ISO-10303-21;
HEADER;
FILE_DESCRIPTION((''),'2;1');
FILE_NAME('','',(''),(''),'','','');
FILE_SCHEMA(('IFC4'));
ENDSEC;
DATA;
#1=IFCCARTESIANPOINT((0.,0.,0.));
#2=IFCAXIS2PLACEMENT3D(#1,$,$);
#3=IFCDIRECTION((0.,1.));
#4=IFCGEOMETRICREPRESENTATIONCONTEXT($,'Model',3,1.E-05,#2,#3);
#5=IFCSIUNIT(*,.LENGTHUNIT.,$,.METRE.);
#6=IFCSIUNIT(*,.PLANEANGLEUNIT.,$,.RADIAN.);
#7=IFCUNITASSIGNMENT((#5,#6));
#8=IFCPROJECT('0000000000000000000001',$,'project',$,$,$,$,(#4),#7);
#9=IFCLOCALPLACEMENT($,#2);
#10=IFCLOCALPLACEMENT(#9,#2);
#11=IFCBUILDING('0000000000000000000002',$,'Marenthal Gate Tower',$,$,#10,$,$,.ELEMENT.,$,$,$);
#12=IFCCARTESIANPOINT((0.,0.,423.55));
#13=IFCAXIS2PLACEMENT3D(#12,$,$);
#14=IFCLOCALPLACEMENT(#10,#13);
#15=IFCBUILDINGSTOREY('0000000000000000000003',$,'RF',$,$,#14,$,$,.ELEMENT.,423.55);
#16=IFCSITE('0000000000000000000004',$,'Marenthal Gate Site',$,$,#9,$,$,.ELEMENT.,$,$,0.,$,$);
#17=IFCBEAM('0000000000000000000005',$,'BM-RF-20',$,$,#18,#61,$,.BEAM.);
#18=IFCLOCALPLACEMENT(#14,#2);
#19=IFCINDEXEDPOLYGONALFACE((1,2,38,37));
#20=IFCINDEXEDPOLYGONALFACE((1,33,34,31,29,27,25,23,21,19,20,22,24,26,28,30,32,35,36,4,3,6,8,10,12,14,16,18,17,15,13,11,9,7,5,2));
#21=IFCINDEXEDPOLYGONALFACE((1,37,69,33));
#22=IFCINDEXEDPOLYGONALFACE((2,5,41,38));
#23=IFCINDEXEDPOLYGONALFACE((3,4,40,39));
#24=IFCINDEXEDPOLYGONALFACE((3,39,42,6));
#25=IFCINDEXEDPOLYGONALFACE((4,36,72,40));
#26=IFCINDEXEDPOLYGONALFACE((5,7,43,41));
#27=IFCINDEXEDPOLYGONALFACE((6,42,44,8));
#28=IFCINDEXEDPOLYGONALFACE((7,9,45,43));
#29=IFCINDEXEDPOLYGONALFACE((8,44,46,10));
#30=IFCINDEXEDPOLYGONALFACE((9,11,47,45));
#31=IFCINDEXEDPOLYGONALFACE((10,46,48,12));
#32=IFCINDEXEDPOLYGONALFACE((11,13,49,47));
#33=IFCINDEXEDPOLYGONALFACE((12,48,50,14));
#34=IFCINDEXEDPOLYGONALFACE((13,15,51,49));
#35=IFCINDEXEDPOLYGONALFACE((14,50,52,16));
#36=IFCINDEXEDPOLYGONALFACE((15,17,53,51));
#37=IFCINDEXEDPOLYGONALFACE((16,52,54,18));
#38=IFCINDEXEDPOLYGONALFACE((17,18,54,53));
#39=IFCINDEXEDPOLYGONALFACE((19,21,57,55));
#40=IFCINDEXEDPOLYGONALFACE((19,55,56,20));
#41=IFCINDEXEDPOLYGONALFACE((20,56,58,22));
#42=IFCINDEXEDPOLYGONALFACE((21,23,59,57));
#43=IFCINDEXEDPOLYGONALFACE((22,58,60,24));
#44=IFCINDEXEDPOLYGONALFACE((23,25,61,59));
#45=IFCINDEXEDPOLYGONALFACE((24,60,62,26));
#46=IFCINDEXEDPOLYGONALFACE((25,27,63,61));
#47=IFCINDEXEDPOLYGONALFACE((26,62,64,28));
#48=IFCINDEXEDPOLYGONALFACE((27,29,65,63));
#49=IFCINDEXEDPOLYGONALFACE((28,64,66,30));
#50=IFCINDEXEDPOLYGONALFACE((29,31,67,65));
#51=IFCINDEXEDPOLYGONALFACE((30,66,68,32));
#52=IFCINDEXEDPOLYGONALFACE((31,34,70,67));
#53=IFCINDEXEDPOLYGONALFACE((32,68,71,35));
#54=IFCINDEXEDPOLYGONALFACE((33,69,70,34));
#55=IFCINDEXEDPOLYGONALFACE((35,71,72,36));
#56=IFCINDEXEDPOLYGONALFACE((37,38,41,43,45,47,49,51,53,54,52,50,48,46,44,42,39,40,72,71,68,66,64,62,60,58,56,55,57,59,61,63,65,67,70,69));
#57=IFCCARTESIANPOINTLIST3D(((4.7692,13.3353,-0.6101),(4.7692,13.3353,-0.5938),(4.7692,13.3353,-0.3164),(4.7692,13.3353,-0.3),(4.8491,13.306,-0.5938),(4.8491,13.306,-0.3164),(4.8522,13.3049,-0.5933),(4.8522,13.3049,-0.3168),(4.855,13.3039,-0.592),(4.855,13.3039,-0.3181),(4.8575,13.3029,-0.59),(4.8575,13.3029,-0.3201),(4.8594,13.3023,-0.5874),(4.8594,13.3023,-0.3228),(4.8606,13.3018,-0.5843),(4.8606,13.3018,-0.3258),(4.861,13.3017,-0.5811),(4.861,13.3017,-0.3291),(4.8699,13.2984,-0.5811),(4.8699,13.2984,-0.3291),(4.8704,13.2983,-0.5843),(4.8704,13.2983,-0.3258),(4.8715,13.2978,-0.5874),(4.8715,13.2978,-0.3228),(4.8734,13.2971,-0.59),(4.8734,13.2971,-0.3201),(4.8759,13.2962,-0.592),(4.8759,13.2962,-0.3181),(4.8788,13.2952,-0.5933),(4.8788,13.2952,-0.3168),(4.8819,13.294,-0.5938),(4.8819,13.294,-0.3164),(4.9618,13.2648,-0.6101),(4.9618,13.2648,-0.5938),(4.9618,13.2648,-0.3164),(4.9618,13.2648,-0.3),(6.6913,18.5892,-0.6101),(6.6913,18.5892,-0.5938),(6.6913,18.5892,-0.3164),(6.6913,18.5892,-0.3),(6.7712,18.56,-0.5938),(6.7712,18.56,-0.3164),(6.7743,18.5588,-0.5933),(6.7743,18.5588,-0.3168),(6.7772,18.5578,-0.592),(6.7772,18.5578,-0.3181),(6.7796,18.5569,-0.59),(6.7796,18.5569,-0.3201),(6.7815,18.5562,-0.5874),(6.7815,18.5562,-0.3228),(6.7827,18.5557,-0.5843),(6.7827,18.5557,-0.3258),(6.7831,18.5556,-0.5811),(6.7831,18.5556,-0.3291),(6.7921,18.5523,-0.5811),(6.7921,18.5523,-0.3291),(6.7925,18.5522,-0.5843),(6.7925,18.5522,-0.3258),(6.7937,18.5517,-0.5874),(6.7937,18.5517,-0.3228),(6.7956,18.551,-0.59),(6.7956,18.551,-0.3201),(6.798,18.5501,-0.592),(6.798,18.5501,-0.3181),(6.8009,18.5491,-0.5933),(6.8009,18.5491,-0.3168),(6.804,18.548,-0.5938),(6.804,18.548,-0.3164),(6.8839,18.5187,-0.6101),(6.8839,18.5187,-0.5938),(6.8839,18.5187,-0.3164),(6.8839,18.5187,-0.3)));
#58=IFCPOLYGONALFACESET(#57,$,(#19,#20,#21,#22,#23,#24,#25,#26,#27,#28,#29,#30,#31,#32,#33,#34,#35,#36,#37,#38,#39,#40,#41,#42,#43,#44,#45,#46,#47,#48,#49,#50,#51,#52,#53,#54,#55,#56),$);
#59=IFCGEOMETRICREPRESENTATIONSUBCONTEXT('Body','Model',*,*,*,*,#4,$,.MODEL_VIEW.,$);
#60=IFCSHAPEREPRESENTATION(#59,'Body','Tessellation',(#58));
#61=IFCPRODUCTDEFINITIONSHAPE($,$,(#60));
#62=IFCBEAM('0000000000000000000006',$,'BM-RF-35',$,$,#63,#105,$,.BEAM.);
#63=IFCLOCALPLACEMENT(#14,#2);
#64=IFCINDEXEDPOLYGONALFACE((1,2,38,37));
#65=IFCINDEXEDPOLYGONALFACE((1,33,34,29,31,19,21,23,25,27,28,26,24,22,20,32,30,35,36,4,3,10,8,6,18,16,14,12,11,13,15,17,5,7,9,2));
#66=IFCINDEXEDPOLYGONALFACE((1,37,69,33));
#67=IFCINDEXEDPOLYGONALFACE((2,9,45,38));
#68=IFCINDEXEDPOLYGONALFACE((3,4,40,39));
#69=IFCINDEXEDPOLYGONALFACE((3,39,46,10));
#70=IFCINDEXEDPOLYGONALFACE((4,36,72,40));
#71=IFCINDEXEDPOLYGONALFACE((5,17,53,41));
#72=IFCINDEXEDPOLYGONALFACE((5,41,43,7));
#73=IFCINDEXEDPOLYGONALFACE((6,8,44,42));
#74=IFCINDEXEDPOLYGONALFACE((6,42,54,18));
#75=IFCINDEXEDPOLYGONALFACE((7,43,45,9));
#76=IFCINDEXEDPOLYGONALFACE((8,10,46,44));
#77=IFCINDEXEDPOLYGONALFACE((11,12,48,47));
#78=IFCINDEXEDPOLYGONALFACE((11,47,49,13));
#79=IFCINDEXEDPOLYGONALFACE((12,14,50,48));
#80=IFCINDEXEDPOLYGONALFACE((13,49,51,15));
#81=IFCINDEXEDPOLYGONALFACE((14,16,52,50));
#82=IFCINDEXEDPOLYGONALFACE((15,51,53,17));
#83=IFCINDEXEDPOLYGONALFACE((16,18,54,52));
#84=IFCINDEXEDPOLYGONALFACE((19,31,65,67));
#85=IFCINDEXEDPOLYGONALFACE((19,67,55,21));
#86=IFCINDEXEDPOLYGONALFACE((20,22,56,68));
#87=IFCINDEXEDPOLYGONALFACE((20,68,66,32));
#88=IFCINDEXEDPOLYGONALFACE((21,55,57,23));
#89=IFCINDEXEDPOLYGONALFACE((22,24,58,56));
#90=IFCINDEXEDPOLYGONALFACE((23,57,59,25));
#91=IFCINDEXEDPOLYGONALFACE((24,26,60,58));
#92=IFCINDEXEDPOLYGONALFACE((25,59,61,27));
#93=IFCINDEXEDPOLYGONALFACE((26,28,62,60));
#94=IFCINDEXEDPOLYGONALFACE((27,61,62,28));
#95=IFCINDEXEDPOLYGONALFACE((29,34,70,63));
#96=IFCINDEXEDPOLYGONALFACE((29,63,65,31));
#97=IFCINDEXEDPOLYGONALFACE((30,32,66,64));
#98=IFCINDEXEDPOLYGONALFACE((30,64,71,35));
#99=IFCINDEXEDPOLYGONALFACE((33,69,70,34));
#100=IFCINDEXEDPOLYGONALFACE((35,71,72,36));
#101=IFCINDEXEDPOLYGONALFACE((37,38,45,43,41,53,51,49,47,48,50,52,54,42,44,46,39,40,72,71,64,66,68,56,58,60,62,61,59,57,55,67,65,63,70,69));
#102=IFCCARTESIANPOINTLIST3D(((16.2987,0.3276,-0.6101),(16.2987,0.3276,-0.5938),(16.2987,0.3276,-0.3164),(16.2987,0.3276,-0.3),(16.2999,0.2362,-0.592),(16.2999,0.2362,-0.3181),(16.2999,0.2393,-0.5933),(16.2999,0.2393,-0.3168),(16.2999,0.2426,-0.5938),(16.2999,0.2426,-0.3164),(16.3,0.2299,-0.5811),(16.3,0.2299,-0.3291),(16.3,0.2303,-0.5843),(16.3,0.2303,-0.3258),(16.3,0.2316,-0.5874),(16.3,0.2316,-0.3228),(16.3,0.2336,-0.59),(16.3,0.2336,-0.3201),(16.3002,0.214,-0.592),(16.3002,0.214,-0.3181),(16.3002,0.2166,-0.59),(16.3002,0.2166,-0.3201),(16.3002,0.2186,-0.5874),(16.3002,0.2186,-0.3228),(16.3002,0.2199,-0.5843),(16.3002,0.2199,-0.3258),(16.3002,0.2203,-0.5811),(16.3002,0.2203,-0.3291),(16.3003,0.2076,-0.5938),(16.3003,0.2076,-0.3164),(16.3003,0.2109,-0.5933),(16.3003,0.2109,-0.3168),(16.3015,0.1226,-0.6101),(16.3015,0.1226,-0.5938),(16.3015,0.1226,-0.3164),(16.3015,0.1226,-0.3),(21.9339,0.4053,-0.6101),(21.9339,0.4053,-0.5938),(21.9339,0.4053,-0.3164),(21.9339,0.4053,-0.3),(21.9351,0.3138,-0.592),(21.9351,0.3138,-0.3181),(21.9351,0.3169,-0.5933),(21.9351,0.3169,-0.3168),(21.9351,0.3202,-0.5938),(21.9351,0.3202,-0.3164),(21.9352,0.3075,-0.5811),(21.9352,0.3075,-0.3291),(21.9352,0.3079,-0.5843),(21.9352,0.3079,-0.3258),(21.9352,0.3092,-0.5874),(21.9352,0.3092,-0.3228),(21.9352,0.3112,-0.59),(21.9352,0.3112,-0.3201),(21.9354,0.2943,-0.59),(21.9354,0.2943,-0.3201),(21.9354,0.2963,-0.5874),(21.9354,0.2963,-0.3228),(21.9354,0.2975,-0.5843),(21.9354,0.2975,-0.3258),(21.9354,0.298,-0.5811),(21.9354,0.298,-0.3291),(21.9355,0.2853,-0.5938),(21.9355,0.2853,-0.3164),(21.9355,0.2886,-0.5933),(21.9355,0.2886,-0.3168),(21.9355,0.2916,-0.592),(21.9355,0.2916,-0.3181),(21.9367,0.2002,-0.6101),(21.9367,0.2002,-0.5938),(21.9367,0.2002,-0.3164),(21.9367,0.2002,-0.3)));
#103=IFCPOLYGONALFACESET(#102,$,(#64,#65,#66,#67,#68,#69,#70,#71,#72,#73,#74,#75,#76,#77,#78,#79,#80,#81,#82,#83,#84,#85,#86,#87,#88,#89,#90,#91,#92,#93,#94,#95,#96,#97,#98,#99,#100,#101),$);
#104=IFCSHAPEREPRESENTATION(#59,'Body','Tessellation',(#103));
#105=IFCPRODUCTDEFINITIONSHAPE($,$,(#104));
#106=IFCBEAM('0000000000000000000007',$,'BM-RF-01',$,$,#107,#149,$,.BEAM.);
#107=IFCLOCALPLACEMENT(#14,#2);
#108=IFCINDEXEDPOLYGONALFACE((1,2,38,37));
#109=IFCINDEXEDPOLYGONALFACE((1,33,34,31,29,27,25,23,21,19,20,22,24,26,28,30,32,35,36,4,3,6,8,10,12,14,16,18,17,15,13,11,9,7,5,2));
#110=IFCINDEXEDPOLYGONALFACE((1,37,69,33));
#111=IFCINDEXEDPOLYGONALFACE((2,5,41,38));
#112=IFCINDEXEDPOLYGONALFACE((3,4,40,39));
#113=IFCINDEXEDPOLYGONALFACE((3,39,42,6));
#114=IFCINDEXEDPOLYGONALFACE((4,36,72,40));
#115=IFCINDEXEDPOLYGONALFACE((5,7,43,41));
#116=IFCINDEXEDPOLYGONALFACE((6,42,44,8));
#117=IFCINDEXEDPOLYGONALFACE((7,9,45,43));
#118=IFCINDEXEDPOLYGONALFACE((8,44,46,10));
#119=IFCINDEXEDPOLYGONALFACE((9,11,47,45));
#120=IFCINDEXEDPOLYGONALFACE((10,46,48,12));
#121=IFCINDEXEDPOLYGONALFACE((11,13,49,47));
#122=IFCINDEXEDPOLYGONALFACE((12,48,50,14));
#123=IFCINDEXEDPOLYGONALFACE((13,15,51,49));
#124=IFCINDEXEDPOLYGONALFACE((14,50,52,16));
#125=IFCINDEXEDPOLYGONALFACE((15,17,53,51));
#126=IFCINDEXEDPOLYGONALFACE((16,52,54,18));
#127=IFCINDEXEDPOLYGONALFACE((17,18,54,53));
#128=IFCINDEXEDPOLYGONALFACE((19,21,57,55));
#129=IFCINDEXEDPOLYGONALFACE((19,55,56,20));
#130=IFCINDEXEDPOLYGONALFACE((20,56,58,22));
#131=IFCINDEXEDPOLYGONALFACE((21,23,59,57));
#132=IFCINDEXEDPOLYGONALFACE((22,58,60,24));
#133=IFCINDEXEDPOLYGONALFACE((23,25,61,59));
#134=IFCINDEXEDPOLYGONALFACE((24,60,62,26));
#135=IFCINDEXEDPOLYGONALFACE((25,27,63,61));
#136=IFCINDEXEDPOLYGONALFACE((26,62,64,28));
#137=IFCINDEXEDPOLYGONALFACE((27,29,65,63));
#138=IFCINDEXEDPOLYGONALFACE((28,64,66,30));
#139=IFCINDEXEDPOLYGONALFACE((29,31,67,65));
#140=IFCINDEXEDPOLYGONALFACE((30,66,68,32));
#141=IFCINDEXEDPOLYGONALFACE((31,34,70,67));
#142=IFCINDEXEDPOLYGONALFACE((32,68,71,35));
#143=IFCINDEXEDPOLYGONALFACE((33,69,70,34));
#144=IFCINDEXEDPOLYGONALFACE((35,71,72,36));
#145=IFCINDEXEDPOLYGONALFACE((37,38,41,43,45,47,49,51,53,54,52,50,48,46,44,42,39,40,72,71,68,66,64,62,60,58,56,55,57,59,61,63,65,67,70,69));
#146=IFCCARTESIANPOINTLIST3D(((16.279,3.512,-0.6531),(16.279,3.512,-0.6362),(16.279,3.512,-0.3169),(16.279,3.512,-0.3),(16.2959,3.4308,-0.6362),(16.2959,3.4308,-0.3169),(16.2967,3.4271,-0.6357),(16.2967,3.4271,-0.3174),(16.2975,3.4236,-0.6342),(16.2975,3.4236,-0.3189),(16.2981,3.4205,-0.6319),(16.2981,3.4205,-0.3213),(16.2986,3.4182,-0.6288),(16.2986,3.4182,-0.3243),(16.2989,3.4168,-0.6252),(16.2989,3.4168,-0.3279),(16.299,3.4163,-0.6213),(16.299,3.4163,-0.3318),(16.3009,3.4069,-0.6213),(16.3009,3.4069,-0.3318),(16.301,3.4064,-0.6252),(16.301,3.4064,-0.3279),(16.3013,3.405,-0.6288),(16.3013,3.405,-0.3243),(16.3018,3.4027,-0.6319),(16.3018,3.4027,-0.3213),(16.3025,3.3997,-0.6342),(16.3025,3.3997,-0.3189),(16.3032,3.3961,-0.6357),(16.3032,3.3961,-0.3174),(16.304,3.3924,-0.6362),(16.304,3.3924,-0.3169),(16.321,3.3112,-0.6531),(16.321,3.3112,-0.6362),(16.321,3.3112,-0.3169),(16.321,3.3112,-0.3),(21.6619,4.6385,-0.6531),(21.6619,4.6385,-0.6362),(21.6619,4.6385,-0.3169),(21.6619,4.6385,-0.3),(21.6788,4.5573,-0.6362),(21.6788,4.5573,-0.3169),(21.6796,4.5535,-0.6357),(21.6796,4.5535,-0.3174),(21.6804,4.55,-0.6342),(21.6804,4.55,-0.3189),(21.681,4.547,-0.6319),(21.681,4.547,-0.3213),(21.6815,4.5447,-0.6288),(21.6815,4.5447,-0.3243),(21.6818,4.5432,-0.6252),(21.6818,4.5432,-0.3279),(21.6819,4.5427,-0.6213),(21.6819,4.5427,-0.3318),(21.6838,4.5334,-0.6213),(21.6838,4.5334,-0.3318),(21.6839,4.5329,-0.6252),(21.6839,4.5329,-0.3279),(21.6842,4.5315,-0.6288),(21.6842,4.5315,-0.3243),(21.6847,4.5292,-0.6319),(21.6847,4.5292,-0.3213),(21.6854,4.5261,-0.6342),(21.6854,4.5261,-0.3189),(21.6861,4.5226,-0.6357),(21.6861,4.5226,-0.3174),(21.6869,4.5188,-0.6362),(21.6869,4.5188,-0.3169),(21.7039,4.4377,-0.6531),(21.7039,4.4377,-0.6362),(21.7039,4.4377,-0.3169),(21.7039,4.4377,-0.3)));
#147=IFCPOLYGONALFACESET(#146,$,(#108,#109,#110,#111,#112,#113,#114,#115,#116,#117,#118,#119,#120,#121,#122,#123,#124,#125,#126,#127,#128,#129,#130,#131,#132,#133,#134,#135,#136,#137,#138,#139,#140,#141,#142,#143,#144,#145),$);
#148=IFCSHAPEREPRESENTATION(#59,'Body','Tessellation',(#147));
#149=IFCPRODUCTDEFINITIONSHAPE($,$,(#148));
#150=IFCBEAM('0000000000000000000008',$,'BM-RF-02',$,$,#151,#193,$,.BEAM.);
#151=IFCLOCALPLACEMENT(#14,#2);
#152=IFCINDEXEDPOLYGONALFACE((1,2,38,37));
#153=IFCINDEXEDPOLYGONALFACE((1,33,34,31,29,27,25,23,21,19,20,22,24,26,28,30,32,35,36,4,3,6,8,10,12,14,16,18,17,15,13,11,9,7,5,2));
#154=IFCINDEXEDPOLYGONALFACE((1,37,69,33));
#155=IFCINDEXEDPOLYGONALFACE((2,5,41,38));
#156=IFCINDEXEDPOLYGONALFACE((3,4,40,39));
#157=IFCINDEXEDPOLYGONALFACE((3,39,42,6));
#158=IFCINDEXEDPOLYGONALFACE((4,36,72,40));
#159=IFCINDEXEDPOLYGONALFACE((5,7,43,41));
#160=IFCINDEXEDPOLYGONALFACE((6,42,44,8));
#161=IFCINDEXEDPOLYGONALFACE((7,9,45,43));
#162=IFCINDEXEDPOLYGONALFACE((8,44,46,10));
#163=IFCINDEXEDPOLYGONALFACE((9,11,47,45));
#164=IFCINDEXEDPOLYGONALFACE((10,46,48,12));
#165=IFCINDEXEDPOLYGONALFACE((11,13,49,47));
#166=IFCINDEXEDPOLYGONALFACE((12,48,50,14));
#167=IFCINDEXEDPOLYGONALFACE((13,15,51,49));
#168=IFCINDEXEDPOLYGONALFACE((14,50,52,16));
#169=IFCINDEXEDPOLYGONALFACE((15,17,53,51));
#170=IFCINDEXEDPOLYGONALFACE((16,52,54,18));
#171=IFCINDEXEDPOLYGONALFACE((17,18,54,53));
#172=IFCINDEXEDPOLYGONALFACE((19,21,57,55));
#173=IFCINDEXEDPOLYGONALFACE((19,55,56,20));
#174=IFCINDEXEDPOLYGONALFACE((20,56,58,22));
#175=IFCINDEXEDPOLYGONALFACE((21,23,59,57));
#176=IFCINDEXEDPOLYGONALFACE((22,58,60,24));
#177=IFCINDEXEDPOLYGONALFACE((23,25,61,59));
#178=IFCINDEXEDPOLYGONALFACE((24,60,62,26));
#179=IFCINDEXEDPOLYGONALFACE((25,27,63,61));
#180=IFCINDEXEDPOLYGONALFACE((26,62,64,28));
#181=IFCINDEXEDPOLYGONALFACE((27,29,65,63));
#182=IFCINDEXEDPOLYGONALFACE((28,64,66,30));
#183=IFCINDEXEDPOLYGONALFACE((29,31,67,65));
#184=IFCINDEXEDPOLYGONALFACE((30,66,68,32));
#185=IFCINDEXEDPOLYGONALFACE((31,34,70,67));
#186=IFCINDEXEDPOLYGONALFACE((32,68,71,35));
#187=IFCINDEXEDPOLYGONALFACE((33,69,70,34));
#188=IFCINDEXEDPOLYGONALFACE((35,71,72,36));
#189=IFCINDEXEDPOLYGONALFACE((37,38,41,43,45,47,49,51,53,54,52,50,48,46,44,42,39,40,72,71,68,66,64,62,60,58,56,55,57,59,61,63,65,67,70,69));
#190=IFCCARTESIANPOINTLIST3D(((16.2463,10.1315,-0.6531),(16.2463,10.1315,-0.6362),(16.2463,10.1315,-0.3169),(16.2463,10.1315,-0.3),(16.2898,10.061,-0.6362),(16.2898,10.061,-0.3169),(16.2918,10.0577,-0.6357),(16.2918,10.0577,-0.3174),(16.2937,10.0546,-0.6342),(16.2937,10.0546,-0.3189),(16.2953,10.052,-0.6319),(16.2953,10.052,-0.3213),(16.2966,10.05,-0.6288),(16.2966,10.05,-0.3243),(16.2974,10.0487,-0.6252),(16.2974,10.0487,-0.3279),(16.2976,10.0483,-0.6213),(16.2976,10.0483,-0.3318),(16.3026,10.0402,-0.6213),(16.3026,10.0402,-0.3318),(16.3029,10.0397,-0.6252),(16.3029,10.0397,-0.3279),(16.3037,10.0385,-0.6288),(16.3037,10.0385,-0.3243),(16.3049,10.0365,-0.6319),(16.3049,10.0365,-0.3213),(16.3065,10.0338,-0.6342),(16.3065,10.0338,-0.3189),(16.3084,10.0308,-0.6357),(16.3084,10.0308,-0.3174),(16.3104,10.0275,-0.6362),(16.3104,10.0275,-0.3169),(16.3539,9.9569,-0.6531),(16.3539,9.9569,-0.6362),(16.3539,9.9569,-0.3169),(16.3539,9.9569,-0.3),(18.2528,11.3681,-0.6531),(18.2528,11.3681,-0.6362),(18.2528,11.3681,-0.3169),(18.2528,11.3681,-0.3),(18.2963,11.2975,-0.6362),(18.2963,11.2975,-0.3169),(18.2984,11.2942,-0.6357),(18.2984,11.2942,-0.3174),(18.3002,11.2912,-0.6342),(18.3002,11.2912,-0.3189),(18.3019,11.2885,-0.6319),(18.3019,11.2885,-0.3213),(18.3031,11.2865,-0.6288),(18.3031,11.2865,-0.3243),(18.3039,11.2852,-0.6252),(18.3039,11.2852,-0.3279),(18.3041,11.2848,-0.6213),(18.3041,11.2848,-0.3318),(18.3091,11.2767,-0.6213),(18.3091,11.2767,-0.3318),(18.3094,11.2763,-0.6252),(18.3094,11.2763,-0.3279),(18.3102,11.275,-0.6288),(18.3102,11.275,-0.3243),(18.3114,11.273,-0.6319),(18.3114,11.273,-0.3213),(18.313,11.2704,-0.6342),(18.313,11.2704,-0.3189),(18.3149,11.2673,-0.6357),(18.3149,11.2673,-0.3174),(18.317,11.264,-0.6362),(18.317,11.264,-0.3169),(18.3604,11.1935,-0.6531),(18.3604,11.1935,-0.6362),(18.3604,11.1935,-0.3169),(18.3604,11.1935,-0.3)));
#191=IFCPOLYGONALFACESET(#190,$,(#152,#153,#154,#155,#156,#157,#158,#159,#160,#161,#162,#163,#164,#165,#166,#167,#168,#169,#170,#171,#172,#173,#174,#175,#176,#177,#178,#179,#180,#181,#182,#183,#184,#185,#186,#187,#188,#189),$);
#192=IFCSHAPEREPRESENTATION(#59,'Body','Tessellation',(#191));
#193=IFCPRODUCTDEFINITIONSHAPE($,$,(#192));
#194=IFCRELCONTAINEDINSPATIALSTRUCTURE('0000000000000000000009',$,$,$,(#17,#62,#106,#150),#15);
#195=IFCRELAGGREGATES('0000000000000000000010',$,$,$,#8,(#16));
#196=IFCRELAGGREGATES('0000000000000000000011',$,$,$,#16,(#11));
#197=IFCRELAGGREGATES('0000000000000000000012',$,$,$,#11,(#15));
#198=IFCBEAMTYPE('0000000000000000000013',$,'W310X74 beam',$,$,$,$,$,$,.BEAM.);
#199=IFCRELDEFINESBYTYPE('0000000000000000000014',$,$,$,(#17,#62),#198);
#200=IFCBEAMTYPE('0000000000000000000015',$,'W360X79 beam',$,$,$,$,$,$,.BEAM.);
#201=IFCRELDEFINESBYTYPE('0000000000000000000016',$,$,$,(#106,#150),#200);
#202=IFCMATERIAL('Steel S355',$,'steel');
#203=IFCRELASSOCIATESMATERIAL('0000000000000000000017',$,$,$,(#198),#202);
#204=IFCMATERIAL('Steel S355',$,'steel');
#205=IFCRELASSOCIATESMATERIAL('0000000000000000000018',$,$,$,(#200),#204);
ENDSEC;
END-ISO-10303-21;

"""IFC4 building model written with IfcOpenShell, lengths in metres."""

from ifc_helpers import new_model, si_unit, direction, frame, origin, origin_2d, place, context, subcontext, project, spatial, i_section, extrude, material, material_profile, profile_set, type_object, element, save


model = new_model("IFC4")

# Units and contexts
model_context = context("Model", 3, precision=1e-05, world=origin(), true_north=direction((0.0, 1.0)))
body_context = subcontext(model_context, "Body", "Model", "MODEL_VIEW")
ifc_project = project(units=[si_unit("LENGTHUNIT", "METRE"), si_unit("PLANEANGLEUNIT", "RADIAN")], contexts=[model_context])

# Site, building, storey
site_placement = place(None, origin())
site = spatial("IfcSite", under=ifc_project, at=site_placement, Name="Marenthal Gate Site", CompositionType="ELEMENT", RefElevation=0.0)
building_placement = place(site_placement, origin())
building = spatial("IfcBuilding", under=site, at=building_placement, Name="Marenthal Gate Tower", CompositionType="ELEMENT")
storey_placement = place(building_placement, frame((0.0, 0.0, 423.55)))
storey = spatial("IfcBuildingStorey", under=building, at=storey_placement, Name="RF", CompositionType="ELEMENT", Elevation=423.55)

# Beams
ifc_material_1 = material(Name="Steel S355", Category="steel")
ifc_material_profile_1 = material_profile(ifc_material_1, i_section(OverallWidth=0.2051, OverallDepth=0.3101, WebThickness=0.0095, FlangeThickness=0.0164, FilletRadius=0.0127, at=origin_2d()), Name="W310X74")
ifc_profile_set_1 = profile_set([ifc_material_profile_1], Name="Steel S355")
beam_type_1 = type_object("IfcBeamType", Name="W310X74 beam", PredefinedType="BEAM", material=ifc_profile_set_1)
beam_1_placement = place(storey_placement, frame((6.7876, 18.554, -0.4551), z_axis=(-0.343575, -0.939125, 0.0), x_axis=(0.939125, -0.343575, 0.0)))
element("IfcBeam", 1, at=beam_1_placement, inside=storey, type_object=beam_type_1, Name="BM-RF-20", PredefinedType="BEAM", context=body_context, shape_type="SweptSolid", body=[
    extrude(i_section(OverallWidth=0.2051, OverallDepth=0.3101, WebThickness=0.0095, FlangeThickness=0.0164, FilletRadius=0.0127, at=origin_2d()), origin(), (0.0, 0.0, 1.0), 5.5945),
])
beam_2_placement = place(storey_placement, frame((21.9353, 0.3027, -0.4551), z_axis=(-0.999905, -0.013776, 0.0), x_axis=(0.013776, -0.999905, 0.0)))
element("IfcBeam", 2, at=beam_2_placement, inside=storey, type_object=beam_type_1, Name="BM-RF-35", PredefinedType="BEAM", context=body_context, shape_type="SweptSolid", body=[
    extrude(i_section(OverallWidth=0.2051, OverallDepth=0.3101, WebThickness=0.0095, FlangeThickness=0.0164, FilletRadius=0.0127, at=origin_2d()), origin(), (0.0, 0.0, 1.0), 5.6357),
])
ifc_material_2 = material(Name="Steel S355", Category="steel")
ifc_material_profile_2 = material_profile(ifc_material_2, i_section(OverallWidth=0.2051, OverallDepth=0.353, WebThickness=0.0095, FlangeThickness=0.0168, FilletRadius=0.0149, at=origin_2d()), Name="W360X79")
ifc_profile_set_2 = profile_set([ifc_material_profile_2], Name="Steel S355")
beam_type_2 = type_object("IfcBeamType", Name="W360X79 beam", PredefinedType="BEAM", material=ifc_profile_set_2)
beam_3_placement = place(storey_placement, frame((21.6829, 4.5381, -0.4766), z_axis=(-0.978797, -0.204833, 0.0), x_axis=(0.204833, -0.978797, 0.0)))
element("IfcBeam", 3, at=beam_3_placement, inside=storey, type_object=beam_type_2, Name="BM-RF-01", PredefinedType="BEAM", context=body_context, shape_type="SweptSolid", body=[
    extrude(i_section(OverallWidth=0.2051, OverallDepth=0.353, WebThickness=0.0095, FlangeThickness=0.0168, FilletRadius=0.0149, at=origin_2d()), origin(), (0.0, 0.0, 1.0), 5.4995),
])
beam_4_placement = place(storey_placement, frame((18.3066, 11.2808, -0.4766), z_axis=(-0.851327, -0.524635, 0.0), x_axis=(0.524635, -0.851327, 0.0)))
element("IfcBeam", 4, at=beam_4_placement, inside=storey, type_object=beam_type_2, Name="BM-RF-02", PredefinedType="BEAM", context=body_context, shape_type="SweptSolid", body=[
    extrude(i_section(OverallWidth=0.2051, OverallDepth=0.353, WebThickness=0.0095, FlangeThickness=0.0168, FilletRadius=0.0149, at=origin_2d()), origin(), (0.0, 0.0, 1.0), 2.3569),
])

save(model, "model.ifc")
